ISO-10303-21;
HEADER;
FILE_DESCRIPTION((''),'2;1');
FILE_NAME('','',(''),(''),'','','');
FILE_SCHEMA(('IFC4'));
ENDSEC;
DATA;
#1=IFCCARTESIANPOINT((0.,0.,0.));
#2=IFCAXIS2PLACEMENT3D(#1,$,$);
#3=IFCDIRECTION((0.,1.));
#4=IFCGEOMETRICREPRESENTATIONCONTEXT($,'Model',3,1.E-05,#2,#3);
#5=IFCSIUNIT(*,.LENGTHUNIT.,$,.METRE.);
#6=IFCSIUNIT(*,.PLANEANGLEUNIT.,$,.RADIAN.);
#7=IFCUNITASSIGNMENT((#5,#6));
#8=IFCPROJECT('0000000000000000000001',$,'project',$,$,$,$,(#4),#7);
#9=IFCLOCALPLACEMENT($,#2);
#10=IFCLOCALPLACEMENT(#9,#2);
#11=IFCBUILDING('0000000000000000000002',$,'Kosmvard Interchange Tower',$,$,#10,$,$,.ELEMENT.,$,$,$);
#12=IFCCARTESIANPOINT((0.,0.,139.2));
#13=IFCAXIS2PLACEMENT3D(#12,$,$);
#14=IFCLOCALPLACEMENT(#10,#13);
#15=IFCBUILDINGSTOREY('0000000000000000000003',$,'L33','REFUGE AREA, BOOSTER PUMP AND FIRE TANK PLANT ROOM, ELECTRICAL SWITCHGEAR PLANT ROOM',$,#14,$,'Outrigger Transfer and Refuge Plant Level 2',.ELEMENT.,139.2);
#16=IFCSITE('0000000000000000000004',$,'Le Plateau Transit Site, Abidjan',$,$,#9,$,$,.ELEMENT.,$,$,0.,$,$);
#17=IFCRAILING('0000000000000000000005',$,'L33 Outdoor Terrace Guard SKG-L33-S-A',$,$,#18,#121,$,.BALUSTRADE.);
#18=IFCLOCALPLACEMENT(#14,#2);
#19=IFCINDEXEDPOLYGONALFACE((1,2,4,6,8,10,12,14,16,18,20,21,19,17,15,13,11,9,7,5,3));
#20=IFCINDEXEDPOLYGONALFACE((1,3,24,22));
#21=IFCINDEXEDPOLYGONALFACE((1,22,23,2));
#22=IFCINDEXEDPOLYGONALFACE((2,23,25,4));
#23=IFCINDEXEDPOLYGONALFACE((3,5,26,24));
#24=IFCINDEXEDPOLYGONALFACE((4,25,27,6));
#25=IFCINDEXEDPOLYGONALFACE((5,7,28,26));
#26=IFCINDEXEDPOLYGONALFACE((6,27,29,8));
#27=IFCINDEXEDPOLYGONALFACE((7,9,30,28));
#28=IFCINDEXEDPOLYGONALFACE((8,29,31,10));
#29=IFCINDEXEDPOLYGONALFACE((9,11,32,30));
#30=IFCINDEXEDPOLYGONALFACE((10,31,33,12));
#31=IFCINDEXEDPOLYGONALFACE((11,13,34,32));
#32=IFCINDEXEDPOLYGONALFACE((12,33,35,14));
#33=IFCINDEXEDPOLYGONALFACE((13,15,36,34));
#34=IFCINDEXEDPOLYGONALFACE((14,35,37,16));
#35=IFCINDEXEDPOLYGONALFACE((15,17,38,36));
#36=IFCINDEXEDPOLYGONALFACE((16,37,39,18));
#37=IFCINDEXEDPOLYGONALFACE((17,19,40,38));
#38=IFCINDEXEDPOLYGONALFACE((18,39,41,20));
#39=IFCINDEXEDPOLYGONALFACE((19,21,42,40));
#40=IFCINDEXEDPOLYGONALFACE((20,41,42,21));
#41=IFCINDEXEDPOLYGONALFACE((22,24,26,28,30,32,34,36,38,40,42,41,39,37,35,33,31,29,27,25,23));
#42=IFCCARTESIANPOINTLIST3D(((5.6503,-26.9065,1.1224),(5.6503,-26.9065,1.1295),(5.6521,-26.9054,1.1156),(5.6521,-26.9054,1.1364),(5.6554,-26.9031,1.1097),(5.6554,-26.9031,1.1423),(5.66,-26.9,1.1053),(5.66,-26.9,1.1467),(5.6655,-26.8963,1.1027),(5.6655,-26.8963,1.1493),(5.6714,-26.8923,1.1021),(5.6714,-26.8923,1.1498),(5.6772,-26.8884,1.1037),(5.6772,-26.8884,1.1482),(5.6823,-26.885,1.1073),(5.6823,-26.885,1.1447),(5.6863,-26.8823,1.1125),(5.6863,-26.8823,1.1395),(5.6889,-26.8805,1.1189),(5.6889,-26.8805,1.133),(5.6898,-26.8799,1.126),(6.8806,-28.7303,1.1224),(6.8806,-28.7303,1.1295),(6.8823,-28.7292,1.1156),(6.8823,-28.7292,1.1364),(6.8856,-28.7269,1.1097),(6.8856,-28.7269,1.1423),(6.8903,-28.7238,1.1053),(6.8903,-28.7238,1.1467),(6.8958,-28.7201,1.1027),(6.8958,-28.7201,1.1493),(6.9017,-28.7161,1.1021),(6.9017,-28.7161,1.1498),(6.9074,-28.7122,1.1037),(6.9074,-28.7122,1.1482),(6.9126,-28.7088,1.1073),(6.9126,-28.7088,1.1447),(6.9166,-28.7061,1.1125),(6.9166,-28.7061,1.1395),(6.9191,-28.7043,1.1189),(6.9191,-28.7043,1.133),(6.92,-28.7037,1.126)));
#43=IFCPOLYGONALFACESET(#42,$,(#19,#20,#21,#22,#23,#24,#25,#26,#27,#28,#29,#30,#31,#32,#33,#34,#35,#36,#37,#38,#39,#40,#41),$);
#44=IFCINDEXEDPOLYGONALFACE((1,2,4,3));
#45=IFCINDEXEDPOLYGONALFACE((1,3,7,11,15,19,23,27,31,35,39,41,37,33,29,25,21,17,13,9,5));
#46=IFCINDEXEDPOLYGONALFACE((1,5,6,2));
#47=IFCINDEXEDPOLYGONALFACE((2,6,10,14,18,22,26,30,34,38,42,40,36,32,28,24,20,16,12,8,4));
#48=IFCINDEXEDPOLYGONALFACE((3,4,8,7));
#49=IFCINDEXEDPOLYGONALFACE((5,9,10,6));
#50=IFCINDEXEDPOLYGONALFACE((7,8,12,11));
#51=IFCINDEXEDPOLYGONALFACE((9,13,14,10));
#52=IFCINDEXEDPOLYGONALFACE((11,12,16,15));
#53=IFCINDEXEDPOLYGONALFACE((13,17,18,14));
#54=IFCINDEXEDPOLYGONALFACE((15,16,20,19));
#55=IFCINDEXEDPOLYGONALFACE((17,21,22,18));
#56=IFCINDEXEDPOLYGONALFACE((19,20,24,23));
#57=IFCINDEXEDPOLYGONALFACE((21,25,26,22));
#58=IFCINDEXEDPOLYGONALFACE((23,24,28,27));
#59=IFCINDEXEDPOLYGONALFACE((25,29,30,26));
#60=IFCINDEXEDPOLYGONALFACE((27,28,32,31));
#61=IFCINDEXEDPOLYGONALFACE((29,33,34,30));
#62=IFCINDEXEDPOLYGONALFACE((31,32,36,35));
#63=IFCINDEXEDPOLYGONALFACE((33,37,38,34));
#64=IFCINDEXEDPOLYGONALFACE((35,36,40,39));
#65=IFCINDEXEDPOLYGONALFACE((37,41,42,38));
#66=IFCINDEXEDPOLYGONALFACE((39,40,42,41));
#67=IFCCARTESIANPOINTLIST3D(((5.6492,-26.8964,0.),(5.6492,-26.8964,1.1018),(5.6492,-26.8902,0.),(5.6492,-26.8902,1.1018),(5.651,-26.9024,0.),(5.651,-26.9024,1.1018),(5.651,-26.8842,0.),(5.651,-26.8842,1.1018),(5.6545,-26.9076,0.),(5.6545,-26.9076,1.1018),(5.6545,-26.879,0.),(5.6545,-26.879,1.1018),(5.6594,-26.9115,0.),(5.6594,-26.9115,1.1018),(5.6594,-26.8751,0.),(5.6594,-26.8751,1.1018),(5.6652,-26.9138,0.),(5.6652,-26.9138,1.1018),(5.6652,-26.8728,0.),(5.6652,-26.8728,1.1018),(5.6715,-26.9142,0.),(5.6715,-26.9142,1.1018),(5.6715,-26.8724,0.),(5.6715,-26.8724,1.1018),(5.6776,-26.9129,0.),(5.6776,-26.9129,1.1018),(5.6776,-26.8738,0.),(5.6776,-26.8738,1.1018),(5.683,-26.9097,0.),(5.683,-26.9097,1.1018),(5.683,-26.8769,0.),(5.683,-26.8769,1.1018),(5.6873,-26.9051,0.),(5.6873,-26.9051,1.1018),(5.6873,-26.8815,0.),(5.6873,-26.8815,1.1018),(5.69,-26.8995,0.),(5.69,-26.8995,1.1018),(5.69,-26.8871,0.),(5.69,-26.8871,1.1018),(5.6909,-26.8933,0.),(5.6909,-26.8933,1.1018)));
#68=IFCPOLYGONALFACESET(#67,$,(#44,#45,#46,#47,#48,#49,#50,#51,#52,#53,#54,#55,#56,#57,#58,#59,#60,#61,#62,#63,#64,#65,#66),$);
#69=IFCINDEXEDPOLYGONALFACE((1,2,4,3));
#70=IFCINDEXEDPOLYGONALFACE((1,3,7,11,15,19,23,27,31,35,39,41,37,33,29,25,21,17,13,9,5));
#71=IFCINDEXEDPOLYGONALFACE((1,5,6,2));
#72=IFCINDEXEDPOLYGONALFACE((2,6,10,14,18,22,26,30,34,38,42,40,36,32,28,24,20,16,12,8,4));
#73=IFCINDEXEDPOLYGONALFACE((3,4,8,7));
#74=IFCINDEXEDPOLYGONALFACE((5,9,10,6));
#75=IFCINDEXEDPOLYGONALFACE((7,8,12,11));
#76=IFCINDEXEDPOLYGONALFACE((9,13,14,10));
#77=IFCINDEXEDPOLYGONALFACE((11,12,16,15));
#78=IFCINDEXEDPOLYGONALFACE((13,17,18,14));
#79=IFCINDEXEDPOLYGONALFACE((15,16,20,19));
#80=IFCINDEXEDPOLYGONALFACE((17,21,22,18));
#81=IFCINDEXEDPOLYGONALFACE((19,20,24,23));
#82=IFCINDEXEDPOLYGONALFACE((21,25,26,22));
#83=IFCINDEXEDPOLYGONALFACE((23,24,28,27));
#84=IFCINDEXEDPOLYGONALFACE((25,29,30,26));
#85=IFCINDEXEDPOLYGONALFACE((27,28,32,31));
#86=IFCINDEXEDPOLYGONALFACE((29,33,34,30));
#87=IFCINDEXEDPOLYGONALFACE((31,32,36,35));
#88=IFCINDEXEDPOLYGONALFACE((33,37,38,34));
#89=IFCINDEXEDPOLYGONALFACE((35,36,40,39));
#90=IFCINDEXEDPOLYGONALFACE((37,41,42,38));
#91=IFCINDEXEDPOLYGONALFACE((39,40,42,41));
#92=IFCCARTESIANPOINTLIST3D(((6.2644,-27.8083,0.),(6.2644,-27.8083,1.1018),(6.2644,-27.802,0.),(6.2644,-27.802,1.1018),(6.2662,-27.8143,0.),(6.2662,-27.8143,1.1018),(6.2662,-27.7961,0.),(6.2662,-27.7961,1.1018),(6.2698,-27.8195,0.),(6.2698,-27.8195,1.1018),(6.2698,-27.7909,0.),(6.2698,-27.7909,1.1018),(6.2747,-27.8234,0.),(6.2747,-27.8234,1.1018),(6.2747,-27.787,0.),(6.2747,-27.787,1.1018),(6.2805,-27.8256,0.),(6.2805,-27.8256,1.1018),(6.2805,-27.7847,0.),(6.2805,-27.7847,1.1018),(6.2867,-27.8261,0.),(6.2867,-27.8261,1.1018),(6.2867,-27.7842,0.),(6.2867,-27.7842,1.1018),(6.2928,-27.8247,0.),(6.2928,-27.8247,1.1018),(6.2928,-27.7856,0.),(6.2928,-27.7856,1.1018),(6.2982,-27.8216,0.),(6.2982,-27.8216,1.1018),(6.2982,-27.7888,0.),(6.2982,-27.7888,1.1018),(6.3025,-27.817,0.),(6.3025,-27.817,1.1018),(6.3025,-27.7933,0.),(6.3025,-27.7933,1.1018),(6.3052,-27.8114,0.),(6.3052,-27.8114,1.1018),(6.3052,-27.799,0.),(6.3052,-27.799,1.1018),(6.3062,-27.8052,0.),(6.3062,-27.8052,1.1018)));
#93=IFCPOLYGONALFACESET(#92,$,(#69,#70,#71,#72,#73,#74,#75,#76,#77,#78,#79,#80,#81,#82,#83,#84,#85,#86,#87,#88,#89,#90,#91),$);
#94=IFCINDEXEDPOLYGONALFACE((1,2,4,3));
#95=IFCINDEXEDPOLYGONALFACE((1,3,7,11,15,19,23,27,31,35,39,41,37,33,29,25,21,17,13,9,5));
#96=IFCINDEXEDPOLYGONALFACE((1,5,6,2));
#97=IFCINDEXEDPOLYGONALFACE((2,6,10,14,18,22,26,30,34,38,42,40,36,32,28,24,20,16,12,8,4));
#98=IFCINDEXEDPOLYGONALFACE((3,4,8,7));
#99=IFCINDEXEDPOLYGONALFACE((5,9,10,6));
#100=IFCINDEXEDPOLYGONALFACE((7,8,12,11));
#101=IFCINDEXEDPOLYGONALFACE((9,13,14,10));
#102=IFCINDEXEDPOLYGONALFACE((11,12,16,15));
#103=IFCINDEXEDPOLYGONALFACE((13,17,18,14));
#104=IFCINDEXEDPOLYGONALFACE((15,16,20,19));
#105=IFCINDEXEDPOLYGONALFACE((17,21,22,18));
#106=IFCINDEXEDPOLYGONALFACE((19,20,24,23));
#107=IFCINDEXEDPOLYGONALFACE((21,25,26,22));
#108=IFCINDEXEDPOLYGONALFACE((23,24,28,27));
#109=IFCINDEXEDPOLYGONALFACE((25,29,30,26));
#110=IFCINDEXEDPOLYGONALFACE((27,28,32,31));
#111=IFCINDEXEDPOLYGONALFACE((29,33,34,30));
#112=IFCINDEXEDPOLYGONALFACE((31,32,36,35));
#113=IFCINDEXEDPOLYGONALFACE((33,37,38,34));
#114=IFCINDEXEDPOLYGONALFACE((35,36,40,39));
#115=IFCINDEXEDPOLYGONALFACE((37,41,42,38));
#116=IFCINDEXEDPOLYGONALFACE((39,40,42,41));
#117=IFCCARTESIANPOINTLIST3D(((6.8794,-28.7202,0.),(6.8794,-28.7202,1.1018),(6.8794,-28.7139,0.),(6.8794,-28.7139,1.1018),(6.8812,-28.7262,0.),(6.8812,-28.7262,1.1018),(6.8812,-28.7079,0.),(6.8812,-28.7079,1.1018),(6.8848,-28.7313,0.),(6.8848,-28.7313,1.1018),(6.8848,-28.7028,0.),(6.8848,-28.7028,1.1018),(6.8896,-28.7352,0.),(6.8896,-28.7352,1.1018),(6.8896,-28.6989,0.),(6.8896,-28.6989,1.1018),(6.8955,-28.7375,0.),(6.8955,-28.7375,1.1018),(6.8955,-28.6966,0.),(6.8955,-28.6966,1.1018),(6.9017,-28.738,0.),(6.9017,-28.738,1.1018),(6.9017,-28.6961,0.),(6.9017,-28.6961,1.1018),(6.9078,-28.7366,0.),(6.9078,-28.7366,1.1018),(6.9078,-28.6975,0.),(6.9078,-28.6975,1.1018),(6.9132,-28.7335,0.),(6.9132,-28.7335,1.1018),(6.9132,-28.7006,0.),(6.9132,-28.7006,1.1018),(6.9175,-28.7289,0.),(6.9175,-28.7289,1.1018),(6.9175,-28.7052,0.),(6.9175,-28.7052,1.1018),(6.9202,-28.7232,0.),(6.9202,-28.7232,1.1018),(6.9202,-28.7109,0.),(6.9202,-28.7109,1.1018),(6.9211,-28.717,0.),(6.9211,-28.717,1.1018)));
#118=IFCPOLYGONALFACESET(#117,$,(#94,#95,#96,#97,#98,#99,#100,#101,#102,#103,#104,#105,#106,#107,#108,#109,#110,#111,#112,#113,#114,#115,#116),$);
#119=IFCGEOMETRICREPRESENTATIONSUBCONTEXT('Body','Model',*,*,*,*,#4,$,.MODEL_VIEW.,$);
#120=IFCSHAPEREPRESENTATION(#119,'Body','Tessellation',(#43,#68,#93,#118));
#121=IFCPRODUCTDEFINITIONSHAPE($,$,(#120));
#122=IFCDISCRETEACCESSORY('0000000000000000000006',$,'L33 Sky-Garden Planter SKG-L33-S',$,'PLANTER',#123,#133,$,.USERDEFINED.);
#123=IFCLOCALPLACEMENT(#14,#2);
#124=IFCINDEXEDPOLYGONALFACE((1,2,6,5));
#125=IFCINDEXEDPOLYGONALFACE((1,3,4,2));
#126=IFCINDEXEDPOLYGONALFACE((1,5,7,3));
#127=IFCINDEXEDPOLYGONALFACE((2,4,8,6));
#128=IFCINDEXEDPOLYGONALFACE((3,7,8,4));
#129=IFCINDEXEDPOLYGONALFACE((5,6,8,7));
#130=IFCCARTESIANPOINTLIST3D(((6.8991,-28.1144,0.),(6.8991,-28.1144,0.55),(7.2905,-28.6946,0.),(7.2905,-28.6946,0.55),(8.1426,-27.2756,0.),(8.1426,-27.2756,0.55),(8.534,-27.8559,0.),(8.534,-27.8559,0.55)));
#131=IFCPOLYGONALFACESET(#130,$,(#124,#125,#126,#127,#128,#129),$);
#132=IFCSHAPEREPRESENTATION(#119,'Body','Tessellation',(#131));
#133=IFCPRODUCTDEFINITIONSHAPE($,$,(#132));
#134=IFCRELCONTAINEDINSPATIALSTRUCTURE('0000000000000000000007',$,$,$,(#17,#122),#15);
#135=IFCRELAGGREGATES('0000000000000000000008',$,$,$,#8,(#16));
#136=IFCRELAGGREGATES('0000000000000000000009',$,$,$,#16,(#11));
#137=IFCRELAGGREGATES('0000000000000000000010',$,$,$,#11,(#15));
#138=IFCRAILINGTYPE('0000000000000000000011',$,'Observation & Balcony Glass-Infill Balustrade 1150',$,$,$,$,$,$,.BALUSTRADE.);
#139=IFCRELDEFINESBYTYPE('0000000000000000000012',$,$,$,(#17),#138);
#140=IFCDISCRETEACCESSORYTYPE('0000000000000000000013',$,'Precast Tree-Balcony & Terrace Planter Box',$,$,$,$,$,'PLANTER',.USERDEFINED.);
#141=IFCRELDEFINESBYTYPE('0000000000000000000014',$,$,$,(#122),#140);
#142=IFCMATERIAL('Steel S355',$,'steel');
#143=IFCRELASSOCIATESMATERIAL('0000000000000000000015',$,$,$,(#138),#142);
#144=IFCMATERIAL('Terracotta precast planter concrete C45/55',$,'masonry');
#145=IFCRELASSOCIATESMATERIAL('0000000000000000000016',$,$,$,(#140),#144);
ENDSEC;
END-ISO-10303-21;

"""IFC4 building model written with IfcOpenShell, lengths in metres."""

from ifc_helpers import new_model, si_unit, direction, frame, origin, origin_2d, place, context, subcontext, project, spatial, rectangle, circle, extrude, source, transform, mapped, material, type_object, element, save


model = new_model("IFC4")

# Units and contexts
model_context = context("Model", 3, precision=1e-05, world=origin(), true_north=direction((0.0, 1.0)))
body_context = subcontext(model_context, "Body", "Model", "MODEL_VIEW")
ifc_project = project(units=[si_unit("LENGTHUNIT", "METRE"), si_unit("PLANEANGLEUNIT", "RADIAN")], contexts=[model_context])

# Site, building, storey
site_placement = place(None, origin())
site = spatial("IfcSite", under=ifc_project, at=site_placement, Name="Le Plateau Transit Site, Abidjan", CompositionType="ELEMENT", RefElevation=0.0)
building_placement = place(site_placement, origin())
building = spatial("IfcBuilding", under=site, at=building_placement, Name="Kosmvard Interchange Tower", CompositionType="ELEMENT")
storey_placement = place(building_placement, frame((0.0, 0.0, 139.2)))
storey = spatial("IfcBuildingStorey", under=building, at=storey_placement, Name="L33", Description="REFUGE AREA, BOOSTER PUMP AND FIRE TANK PLANT ROOM, ELECTRICAL SWITCHGEAR PLANT ROOM", LongName="Outrigger Transfer and Refuge Plant Level 2", CompositionType="ELEMENT", Elevation=139.2)

# Shared definitions
ifc_material_1 = material(Name="Steel S355", Category="steel")

# Railing
railing_type = type_object("IfcRailingType", Name="Observation & Balcony Glass-Infill Balustrade 1150", PredefinedType="BALUSTRADE", material=ifc_material_1)
shared_shape_1 = source(origin(), body_context, "Body", "SweptSolid", [
    extrude(circle(Radius=0.0239, at=origin_2d()), frame((0.0, 0.0, 1.126), z_axis=(0.559225, -0.829016, 0.0), x_axis=(0.829016, 0.559225, 0.0)), (0.0, 0.0, 1.0), 2.2),
    extrude(circle(Radius=0.021, at=origin_2d()), origin(), (0.0, 0.0, 1.0), 1.1018),
    extrude(circle(Radius=0.021, at=origin_2d()), frame((0.6152, -0.9119, 0.0)), (0.0, 0.0, 1.0), 1.1018),
    extrude(circle(Radius=0.021, at=origin_2d()), frame((1.2302, -1.8237, 0.0)), (0.0, 0.0, 1.0), 1.1018),
])
railing_1_placement = place(storey_placement, frame((5.6699, -26.8933, 0.0)))
element("IfcRailing", 1, at=railing_1_placement, inside=storey, type_object=railing_type, Name="L33 Outdoor Terrace Guard SKG-L33-S-A", PredefinedType="BALUSTRADE", context=body_context, shape_type="MappedRepresentation", body=[
    mapped(shared_shape_1, transform((0.0, 0.0, 0.0), scale=1.0)),
])

# Discrete accessory
ifc_material_2 = material(Name="Terracotta precast planter concrete C45/55", Category="masonry")
discrete_accessory_type = type_object("IfcDiscreteAccessoryType", Name="Precast Tree-Balcony & Terrace Planter Box", ElementType="PLANTER", PredefinedType="USERDEFINED", material=ifc_material_2)
shared_shape_2 = source(origin(), body_context, "Body", "SweptSolid", [
    extrude(rectangle(XDim=1.5, YDim=0.7, at=origin_2d()), origin(), (0.0, 0.0, 1.0), 0.55),
])
discrete_accessory_placement = place(storey_placement, frame((7.7166, -27.9851, 0.0), z_axis=(0.0, 0.0, 1.0), x_axis=(0.829038, 0.559193, 0.0)))
element("IfcDiscreteAccessory", 2, at=discrete_accessory_placement, inside=storey, type_object=discrete_accessory_type, Name="L33 Sky-Garden Planter SKG-L33-S", ObjectType="PLANTER", PredefinedType="USERDEFINED", context=body_context, shape_type="MappedRepresentation", body=[
    mapped(shared_shape_2, transform((0.0, 0.0, 0.0), scale=1.0)),
])

save(model, "model.ifc")
